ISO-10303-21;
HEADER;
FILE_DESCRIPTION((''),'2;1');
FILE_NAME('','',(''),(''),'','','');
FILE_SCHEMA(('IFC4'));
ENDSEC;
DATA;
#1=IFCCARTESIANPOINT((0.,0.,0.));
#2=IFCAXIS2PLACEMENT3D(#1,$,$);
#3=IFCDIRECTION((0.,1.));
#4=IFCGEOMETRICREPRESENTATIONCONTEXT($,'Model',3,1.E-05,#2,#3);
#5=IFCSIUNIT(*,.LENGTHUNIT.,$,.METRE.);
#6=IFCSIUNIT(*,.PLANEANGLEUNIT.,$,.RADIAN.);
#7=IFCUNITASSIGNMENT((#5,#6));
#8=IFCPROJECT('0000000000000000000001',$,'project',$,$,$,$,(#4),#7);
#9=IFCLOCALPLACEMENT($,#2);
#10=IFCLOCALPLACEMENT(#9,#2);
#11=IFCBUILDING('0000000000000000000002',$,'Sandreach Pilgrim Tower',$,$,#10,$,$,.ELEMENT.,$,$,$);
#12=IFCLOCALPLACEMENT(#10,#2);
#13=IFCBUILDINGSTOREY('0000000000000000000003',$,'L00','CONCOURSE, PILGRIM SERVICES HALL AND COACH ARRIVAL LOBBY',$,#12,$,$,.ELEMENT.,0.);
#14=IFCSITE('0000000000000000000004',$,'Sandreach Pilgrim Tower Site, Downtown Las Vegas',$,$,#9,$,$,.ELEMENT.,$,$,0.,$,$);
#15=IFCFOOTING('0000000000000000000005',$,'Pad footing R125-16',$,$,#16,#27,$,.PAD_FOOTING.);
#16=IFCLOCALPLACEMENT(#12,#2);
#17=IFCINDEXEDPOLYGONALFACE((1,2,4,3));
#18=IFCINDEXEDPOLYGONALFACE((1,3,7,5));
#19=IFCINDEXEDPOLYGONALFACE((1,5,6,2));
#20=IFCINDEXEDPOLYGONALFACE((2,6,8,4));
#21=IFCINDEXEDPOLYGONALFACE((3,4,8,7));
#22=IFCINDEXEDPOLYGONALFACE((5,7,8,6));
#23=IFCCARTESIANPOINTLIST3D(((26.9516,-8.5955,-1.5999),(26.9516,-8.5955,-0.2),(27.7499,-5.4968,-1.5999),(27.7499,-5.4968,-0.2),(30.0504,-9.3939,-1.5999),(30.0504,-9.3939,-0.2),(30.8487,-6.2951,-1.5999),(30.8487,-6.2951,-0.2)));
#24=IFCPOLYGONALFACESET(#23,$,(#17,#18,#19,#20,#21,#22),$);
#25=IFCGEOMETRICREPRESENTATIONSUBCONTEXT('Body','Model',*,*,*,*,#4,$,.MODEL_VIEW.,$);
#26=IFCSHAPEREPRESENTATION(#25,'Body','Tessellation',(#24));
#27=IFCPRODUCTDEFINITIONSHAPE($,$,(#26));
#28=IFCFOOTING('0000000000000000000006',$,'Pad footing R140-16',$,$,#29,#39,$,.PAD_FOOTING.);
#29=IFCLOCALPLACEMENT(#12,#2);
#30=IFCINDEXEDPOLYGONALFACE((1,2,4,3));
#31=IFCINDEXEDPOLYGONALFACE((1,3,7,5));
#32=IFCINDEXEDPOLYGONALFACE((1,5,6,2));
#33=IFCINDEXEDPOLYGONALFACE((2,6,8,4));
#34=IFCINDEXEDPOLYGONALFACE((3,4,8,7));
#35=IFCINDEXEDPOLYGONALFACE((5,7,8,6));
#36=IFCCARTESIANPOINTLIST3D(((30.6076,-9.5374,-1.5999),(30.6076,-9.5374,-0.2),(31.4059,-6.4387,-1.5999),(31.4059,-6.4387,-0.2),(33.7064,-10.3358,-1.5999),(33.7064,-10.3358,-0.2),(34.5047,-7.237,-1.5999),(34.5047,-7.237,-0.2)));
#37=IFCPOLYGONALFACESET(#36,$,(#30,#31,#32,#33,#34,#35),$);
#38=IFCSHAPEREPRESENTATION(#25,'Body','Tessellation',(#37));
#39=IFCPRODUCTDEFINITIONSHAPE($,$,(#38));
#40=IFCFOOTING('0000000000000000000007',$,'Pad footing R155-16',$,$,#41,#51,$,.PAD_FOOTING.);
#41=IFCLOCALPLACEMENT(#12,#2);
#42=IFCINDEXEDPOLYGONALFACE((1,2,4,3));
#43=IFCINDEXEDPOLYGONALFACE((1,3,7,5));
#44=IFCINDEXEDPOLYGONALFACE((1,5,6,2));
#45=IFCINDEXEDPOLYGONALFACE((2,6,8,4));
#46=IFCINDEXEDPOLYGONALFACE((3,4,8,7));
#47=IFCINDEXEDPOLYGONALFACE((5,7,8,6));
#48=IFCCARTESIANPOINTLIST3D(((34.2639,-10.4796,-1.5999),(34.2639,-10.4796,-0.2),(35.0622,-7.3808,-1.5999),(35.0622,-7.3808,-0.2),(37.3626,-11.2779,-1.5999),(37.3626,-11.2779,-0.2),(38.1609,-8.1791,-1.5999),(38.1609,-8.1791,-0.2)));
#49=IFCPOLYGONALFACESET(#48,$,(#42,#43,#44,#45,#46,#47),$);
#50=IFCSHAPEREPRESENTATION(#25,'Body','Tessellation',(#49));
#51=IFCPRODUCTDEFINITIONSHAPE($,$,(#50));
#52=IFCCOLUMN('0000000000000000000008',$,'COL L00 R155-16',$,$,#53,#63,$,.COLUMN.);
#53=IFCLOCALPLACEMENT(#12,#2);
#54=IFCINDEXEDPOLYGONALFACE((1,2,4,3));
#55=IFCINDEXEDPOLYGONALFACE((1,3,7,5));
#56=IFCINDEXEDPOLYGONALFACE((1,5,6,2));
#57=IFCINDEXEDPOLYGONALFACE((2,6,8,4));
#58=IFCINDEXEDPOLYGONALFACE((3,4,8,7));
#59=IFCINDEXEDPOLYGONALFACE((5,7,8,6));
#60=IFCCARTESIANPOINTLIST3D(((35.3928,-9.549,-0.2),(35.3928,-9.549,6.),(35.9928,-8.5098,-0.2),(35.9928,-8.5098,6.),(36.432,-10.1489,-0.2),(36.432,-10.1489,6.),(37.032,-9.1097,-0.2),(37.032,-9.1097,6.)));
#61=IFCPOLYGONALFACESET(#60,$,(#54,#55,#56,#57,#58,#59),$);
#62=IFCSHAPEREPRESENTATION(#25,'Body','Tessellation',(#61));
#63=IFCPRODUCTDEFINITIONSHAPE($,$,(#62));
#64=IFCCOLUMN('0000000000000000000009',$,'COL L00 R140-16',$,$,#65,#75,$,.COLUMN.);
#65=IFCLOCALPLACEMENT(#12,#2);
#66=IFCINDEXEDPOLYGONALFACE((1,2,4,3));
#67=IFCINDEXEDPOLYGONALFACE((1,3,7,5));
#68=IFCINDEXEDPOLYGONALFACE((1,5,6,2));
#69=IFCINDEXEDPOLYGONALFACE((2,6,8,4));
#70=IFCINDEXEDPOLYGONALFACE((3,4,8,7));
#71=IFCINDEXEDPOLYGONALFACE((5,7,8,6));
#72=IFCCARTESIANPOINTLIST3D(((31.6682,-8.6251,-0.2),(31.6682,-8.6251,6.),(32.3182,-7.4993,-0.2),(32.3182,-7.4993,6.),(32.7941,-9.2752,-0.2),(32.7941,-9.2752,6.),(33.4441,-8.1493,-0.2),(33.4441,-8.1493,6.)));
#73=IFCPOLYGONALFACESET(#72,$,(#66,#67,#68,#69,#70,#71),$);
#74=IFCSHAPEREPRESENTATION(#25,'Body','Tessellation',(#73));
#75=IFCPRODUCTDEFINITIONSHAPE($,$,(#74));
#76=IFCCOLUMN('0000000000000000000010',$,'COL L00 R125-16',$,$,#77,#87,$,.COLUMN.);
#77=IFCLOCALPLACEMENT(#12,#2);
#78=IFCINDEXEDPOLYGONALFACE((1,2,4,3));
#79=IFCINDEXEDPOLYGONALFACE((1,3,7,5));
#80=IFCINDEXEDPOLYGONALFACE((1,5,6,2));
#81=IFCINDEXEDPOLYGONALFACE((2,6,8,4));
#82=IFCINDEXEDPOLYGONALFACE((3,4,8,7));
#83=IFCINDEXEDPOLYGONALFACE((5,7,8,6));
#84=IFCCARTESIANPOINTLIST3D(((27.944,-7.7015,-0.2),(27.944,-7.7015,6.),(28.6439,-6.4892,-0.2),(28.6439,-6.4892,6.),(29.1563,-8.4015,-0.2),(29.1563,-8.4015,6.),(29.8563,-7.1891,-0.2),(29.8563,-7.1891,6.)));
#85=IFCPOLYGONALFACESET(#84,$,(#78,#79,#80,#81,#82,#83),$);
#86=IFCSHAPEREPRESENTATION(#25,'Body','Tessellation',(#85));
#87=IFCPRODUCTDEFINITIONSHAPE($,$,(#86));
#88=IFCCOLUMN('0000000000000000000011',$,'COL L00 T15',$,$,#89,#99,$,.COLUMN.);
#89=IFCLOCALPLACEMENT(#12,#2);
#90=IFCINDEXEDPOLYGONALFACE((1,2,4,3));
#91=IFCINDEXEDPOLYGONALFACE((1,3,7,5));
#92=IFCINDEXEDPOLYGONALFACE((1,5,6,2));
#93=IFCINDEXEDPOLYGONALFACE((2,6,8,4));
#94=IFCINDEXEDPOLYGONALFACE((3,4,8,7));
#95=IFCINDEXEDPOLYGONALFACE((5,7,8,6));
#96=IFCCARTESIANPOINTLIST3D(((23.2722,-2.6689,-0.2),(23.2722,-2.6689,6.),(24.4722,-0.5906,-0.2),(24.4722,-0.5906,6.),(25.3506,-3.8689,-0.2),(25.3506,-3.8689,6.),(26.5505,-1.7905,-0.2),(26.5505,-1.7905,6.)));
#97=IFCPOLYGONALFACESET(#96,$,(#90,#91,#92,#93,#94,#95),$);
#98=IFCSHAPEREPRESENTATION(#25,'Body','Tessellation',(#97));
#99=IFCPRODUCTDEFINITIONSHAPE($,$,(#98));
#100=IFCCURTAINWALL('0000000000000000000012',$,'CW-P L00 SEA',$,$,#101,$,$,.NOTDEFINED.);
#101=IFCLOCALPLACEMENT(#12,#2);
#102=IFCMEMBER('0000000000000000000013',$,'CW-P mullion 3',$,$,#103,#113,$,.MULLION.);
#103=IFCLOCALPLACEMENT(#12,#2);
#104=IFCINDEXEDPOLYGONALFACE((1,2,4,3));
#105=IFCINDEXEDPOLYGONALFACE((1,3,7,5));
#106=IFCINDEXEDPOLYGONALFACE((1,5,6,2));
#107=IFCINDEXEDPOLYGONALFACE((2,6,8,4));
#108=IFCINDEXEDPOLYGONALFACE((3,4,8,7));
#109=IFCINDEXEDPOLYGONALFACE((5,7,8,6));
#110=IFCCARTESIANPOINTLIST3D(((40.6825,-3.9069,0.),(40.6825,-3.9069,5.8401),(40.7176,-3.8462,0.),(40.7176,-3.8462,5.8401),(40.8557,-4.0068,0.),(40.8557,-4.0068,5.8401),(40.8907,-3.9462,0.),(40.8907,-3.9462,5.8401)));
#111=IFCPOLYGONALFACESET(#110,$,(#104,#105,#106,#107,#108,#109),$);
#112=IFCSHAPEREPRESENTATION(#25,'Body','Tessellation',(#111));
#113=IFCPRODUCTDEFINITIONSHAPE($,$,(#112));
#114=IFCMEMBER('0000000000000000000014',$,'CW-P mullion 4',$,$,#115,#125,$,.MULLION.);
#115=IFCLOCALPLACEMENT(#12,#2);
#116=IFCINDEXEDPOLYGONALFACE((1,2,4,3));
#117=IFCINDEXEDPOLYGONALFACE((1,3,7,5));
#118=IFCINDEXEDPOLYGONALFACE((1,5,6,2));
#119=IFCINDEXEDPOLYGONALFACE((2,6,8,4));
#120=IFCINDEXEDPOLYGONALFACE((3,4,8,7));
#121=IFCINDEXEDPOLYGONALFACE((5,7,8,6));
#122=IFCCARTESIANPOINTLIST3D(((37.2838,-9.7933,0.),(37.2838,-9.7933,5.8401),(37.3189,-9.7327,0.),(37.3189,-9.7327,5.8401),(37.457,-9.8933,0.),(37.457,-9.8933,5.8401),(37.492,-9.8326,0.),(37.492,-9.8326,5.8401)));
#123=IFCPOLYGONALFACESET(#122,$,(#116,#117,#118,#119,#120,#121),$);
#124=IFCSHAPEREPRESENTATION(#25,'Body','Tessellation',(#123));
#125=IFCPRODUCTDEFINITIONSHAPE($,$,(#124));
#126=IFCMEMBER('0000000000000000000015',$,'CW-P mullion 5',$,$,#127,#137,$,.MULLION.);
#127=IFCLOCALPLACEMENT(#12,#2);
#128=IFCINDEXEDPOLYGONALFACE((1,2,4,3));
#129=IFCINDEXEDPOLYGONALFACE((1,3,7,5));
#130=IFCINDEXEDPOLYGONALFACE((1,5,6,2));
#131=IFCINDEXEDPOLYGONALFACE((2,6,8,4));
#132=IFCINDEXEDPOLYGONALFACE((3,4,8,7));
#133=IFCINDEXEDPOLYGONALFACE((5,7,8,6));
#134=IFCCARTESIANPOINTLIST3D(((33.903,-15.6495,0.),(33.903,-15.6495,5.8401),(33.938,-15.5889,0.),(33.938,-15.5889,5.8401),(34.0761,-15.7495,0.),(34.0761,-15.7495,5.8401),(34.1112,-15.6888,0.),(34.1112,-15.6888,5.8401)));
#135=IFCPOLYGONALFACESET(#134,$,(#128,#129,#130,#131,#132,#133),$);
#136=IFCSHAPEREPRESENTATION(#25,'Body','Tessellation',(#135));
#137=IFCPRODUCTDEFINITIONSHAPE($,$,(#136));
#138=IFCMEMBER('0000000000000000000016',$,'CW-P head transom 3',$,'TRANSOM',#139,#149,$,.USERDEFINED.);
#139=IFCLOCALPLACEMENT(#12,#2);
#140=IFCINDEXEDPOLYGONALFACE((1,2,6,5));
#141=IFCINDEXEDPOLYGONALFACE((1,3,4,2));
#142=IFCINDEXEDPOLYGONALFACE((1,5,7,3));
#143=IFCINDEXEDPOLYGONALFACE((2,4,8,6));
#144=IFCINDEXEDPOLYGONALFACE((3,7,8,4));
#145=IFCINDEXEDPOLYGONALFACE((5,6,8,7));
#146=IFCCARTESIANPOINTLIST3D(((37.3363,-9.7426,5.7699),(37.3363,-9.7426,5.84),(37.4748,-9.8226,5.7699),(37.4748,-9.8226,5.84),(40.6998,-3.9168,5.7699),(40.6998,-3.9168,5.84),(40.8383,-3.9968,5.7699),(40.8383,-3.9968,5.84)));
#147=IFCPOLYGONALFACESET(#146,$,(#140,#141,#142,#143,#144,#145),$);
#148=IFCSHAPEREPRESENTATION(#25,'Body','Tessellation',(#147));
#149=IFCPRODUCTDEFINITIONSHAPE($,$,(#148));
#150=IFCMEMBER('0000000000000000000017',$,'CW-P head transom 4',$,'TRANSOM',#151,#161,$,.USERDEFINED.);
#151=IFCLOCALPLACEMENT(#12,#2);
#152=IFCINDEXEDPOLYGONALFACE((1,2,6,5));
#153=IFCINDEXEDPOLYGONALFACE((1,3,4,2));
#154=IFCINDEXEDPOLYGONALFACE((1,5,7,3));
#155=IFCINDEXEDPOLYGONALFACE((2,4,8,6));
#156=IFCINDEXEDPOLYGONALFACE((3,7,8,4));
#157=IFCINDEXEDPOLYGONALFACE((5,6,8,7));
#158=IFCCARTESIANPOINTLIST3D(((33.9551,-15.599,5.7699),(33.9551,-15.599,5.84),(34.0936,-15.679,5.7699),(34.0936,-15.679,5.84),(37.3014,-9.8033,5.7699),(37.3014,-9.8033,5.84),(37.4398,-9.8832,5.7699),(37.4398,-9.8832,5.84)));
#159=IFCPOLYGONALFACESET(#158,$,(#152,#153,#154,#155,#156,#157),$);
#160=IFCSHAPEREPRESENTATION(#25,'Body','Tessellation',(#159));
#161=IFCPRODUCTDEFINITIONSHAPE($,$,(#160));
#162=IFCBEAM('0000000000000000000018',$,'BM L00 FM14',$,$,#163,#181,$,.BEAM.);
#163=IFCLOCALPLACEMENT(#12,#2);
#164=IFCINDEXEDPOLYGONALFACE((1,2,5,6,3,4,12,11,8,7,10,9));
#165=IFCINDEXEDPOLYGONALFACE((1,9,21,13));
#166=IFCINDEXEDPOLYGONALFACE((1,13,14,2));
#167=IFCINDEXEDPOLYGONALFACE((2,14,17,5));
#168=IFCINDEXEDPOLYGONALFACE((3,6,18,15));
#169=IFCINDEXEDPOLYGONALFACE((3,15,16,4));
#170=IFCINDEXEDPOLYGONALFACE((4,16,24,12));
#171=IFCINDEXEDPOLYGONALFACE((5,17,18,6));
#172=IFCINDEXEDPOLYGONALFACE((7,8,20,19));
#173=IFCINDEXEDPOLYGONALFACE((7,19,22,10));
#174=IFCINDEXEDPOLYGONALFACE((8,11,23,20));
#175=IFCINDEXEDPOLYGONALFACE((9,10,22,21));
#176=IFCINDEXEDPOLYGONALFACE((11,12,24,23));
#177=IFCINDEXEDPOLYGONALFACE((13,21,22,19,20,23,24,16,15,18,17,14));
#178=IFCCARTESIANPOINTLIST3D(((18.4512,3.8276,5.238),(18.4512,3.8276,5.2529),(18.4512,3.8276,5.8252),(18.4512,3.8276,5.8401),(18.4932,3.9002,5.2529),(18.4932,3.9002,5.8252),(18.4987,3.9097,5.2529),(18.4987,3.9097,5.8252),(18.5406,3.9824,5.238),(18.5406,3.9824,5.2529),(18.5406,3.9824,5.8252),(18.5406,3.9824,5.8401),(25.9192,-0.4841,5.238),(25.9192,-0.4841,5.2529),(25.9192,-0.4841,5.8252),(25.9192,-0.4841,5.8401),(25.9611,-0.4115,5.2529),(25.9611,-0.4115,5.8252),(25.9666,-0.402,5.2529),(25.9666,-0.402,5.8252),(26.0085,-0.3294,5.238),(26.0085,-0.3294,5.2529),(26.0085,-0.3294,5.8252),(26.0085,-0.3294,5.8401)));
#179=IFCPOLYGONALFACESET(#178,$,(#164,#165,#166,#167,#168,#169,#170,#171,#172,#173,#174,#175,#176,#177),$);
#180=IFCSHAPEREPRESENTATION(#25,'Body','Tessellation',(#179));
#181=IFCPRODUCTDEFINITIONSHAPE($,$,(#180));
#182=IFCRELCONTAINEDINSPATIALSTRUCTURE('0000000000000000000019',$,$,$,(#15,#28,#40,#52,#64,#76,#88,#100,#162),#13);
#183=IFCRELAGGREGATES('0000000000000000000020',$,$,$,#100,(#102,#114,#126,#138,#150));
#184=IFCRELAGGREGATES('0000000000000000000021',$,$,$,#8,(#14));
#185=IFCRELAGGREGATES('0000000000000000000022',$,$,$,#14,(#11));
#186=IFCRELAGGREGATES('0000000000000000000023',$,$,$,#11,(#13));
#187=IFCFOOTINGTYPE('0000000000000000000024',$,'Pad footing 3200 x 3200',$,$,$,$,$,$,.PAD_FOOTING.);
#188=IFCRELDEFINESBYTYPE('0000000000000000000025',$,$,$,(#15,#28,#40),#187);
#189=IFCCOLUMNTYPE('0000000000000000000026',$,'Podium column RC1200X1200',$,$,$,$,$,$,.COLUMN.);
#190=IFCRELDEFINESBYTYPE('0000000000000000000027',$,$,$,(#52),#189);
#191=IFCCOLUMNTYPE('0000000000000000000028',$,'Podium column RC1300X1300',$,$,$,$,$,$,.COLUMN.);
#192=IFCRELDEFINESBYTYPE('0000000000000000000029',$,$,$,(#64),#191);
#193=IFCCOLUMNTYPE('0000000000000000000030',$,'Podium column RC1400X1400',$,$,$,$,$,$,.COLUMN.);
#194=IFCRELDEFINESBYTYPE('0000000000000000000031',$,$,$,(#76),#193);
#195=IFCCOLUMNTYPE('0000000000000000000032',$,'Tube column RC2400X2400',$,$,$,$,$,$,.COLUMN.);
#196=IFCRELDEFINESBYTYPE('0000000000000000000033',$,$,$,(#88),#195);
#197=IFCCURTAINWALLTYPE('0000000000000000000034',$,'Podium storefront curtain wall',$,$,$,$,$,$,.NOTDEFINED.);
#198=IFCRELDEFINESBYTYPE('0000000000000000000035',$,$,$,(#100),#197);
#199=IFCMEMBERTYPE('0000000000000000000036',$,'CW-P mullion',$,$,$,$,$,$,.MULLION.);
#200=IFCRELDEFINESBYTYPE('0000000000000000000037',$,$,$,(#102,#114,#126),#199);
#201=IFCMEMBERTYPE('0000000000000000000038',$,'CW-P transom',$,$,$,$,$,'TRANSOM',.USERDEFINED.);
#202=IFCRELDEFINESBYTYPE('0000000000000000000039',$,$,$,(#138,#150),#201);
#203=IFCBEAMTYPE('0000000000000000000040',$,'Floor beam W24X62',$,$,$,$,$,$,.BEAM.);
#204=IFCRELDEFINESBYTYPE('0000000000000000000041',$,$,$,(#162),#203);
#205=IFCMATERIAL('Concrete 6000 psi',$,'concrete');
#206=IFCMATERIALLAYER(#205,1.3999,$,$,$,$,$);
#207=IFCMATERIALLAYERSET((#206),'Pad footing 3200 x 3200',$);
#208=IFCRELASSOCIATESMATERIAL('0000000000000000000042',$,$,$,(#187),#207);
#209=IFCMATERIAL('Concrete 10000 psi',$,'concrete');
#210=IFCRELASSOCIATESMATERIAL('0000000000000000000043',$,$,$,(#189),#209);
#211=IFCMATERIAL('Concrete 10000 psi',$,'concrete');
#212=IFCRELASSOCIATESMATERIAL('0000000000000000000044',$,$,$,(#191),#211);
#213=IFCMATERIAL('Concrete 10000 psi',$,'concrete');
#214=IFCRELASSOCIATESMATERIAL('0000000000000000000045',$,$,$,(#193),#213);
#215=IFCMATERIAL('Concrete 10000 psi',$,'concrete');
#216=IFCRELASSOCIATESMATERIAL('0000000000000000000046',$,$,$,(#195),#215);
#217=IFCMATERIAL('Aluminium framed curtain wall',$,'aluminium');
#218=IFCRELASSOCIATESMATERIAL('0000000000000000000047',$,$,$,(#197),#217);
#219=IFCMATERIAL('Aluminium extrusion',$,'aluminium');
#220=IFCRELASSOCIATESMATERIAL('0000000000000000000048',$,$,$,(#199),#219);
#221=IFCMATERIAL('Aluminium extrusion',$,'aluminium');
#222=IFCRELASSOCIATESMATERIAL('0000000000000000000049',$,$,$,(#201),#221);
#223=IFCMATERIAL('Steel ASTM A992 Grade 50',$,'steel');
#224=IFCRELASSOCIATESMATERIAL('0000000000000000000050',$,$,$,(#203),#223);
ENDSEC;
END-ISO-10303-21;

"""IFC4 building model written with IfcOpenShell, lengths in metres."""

from ifc_helpers import new_model, si_unit, direction, frame, origin, origin_2d, place, context, subcontext, project, spatial, rectangle, i_section, extrude, material, layer, layer_set, material_profile, profile_set, type_object, element, aggregate, save


model = new_model("IFC4")

# Units and contexts
model_context = context("Model", 3, precision=1e-05, world=origin(), true_north=direction((0.0, 1.0)))
body_context = subcontext(model_context, "Body", "Model", "MODEL_VIEW")
ifc_project = project(units=[si_unit("LENGTHUNIT", "METRE"), si_unit("PLANEANGLEUNIT", "RADIAN")], contexts=[model_context])

# Site, building, storey
site_placement = place(None, origin())
site = spatial("IfcSite", under=ifc_project, at=site_placement, Name="Sandreach Pilgrim Tower Site, Downtown Las Vegas", CompositionType="ELEMENT", RefElevation=0.0)
building_placement = place(site_placement, origin())
building = spatial("IfcBuilding", under=site, at=building_placement, Name="Sandreach Pilgrim Tower", CompositionType="ELEMENT")
storey_placement = place(building_placement, origin())
storey = spatial("IfcBuildingStorey", under=building, at=storey_placement, Name="L00", Description="CONCOURSE, PILGRIM SERVICES HALL AND COACH ARRIVAL LOBBY", CompositionType="ELEMENT", Elevation=0.0)

# Footings
ifc_material_1 = material(Name="Concrete 6000 psi", Category="concrete")
ifc_layer_1 = layer(ifc_material_1, 1.3999)
ifc_layer_set_1 = layer_set([ifc_layer_1], Name="Pad footing 3200 x 3200")
footing_type = type_object("IfcFootingType", Name="Pad footing 3200 x 3200", PredefinedType="PAD_FOOTING", material=ifc_layer_set_1)
for number, where, z_axis, x_axis, name in (
    (1, (28.9001, -7.4453, -1.5999), (0.0, 0.0, 1.0), (0.96838, -0.249479, 0.0), "Pad footing R125-16"),
    (2, (32.5562, -8.3872, -1.5999), (0.0, 0.0, 1.0), (0.96838, -0.249479, 0.0), "Pad footing R140-16"),
    (3, (36.2124, -9.3293, -1.5999), (0.0, 0.0, 1.0), (0.96838, -0.249479, 0.0), "Pad footing R155-16"),
):
    element("IfcFooting", number, at=place(storey_placement, frame(where, z_axis=z_axis, x_axis=x_axis)), inside=storey, type_object=footing_type, Name=name, PredefinedType="PAD_FOOTING", context=body_context, shape_type="SweptSolid", body=[
        extrude(rectangle(XDim=3.2, YDim=3.2, at=origin_2d()), origin(), (0.0, 0.0, 1.0), 1.3999),
    ])

# Columns
ifc_material_2 = material(Name="Concrete 10000 psi", Category="concrete")
ifc_material_profile_1 = material_profile(ifc_material_2, rectangle(XDim=1.2, YDim=1.2, at=origin_2d()), Name="RC1200X1200")
ifc_profile_set_1 = profile_set([ifc_material_profile_1], Name="Concrete 10000 psi")
column_type_1 = type_object("IfcColumnType", Name="Podium column RC1200X1200", PredefinedType="COLUMN", material=ifc_profile_set_1)
column_1_placement = place(storey_placement, frame((36.2124, -9.3293, -0.2), z_axis=(0.0, 0.0, 1.0), x_axis=(0.866025, -0.5, 0.0)))
element("IfcColumn", 4, at=column_1_placement, inside=storey, type_object=column_type_1, Name="COL L00 R155-16", PredefinedType="COLUMN", context=body_context, shape_type="SweptSolid", body=[
    extrude(rectangle(XDim=1.2, YDim=1.2, at=origin_2d()), origin(), (0.0, 0.0, 1.0), 6.2),
])
ifc_material_3 = material(Name="Concrete 10000 psi", Category="concrete")
ifc_material_profile_2 = material_profile(ifc_material_3, rectangle(XDim=1.3, YDim=1.3, at=origin_2d()), Name="RC1300X1300")
ifc_profile_set_2 = profile_set([ifc_material_profile_2], Name="Concrete 10000 psi")
column_type_2 = type_object("IfcColumnType", Name="Podium column RC1300X1300", PredefinedType="COLUMN", material=ifc_profile_set_2)
column_2_placement = place(storey_placement, frame((32.5562, -8.3872, -0.2), z_axis=(0.0, 0.0, 1.0), x_axis=(0.866025, -0.5, 0.0)))
element("IfcColumn", 5, at=column_2_placement, inside=storey, type_object=column_type_2, Name="COL L00 R140-16", PredefinedType="COLUMN", context=body_context, shape_type="SweptSolid", body=[
    extrude(rectangle(XDim=1.3, YDim=1.3, at=origin_2d()), origin(), (0.0, 0.0, 1.0), 6.2),
])
ifc_material_4 = material(Name="Concrete 10000 psi", Category="concrete")
ifc_material_profile_3 = material_profile(ifc_material_4, rectangle(XDim=1.3999, YDim=1.3999, at=origin_2d()), Name="RC1400X1400")
ifc_profile_set_3 = profile_set([ifc_material_profile_3], Name="Concrete 10000 psi")
column_type_3 = type_object("IfcColumnType", Name="Podium column RC1400X1400", PredefinedType="COLUMN", material=ifc_profile_set_3)
column_3_placement = place(storey_placement, frame((28.9001, -7.4453, -0.2), z_axis=(0.0, 0.0, 1.0), x_axis=(0.866025, -0.5, 0.0)))
element("IfcColumn", 6, at=column_3_placement, inside=storey, type_object=column_type_3, Name="COL L00 R125-16", PredefinedType="COLUMN", context=body_context, shape_type="SweptSolid", body=[
    extrude(rectangle(XDim=1.3999, YDim=1.3999, at=origin_2d()), origin(), (0.0, 0.0, 1.0), 6.2),
])
ifc_material_5 = material(Name="Concrete 10000 psi", Category="concrete")
ifc_material_profile_4 = material_profile(ifc_material_5, rectangle(XDim=2.3999, YDim=2.3999, at=origin_2d()), Name="RC2400X2400")
ifc_profile_set_4 = profile_set([ifc_material_profile_4], Name="Concrete 10000 psi")
column_type_4 = type_object("IfcColumnType", Name="Tube column RC2400X2400", PredefinedType="COLUMN", material=ifc_profile_set_4)
column_4_placement = place(storey_placement, frame((24.9114, -2.2297, -0.2), z_axis=(0.0, 0.0, 1.0), x_axis=(0.866025, -0.5, 0.0)))
element("IfcColumn", 7, at=column_4_placement, inside=storey, type_object=column_type_4, Name="COL L00 T15", PredefinedType="COLUMN", context=body_context, shape_type="SweptSolid", body=[
    extrude(rectangle(XDim=2.3999, YDim=2.3999, at=origin_2d()), origin(), (0.0, 0.0, 1.0), 6.2),
])

# Curtain wall, members
ifc_material_6 = material(Name="Aluminium framed curtain wall", Category="aluminium")
curtain_wall_type = type_object("IfcCurtainWallType", Name="Podium storefront curtain wall", PredefinedType="NOTDEFINED", material=ifc_material_6)
curtain_wall_placement = place(storey_placement, origin())
curtain_wall = element("IfcCurtainWall", 8, at=curtain_wall_placement, inside=storey, type_object=curtain_wall_type, Name="CW-P L00 SEA", PredefinedType="NOTDEFINED")
ifc_material_7 = material(Name="Aluminium extrusion", Category="aluminium")
ifc_material_profile_5 = material_profile(ifc_material_7, rectangle(XDim=0.0701, YDim=0.2, at=origin_2d()), Name="CW-PM 70X200")
ifc_profile_set_5 = profile_set([ifc_material_profile_5], Name="Aluminium extrusion")
member_type_1 = type_object("IfcMemberType", Name="CW-P mullion", PredefinedType="MULLION", material=ifc_profile_set_5)
member_1_placement = place(storey_placement, frame((40.7866, -3.9265, 0.0), z_axis=(0.0, 0.0, 1.0), x_axis=(-0.5, -0.866025, 0.0)))
member_1 = element("IfcMember", 9, at=member_1_placement, type_object=member_type_1, Name="CW-P mullion 3", PredefinedType="MULLION", context=body_context, shape_type="SweptSolid", body=[
    extrude(rectangle(XDim=0.0701, YDim=0.2, at=origin_2d()), origin(), (0.0, 0.0, 1.0), 5.8401),
])
member_2_placement = place(storey_placement, frame((37.3879, -9.813, 0.0), z_axis=(0.0, 0.0, 1.0), x_axis=(-0.5, -0.866025, 0.0)))
member_2 = element("IfcMember", 10, at=member_2_placement, type_object=member_type_1, Name="CW-P mullion 4", PredefinedType="MULLION", context=body_context, shape_type="SweptSolid", body=[
    extrude(rectangle(XDim=0.0701, YDim=0.2, at=origin_2d()), origin(), (0.0, 0.0, 1.0), 5.8401),
])
member_3_placement = place(storey_placement, frame((34.0071, -15.6692, 0.0), z_axis=(0.0, 0.0, 1.0), x_axis=(-0.5, -0.866025, 0.0)))
member_3 = element("IfcMember", 11, at=member_3_placement, type_object=member_type_1, Name="CW-P mullion 5", PredefinedType="MULLION", context=body_context, shape_type="SweptSolid", body=[
    extrude(rectangle(XDim=0.0701, YDim=0.2, at=origin_2d()), origin(), (0.0, 0.0, 1.0), 5.8401),
])
ifc_material_8 = material(Name="Aluminium extrusion", Category="aluminium")
ifc_material_profile_6 = material_profile(ifc_material_8, rectangle(XDim=0.1599, YDim=0.0701, at=origin_2d()), Name="CW-PT 160X70")
ifc_profile_set_6 = profile_set([ifc_material_profile_6], Name="Aluminium extrusion")
member_type_2 = type_object("IfcMemberType", Name="CW-P transom", ElementType="TRANSOM", PredefinedType="USERDEFINED", material=ifc_profile_set_6)
member_4_placement = place(storey_placement, frame((40.769, -3.9568, 5.8049), z_axis=(-0.499992, -0.86603, 0.0), x_axis=(0.86603, -0.499992, 0.0)))
member_4 = element("IfcMember", 12, at=member_4_placement, type_object=member_type_2, Name="CW-P head transom 3", ObjectType="TRANSOM", PredefinedType="USERDEFINED", context=body_context, shape_type="SweptSolid", body=[
    extrude(rectangle(XDim=0.1599, YDim=0.0701, at=origin_2d()), origin(), (0.0, 0.0, 1.0), 6.7271),
])
member_5_placement = place(storey_placement, frame((37.3706, -9.8433, 5.8049), z_axis=(-0.500008, -0.866021, 0.0), x_axis=(0.866021, -0.500008, 0.0)))
member_5 = element("IfcMember", 13, at=member_5_placement, type_object=member_type_2, Name="CW-P head transom 4", ObjectType="TRANSOM", PredefinedType="USERDEFINED", context=body_context, shape_type="SweptSolid", body=[
    extrude(rectangle(XDim=0.1599, YDim=0.0701, at=origin_2d()), origin(), (0.0, 0.0, 1.0), 6.6924),
])

# Beam
ifc_material_9 = material(Name="Steel ASTM A992 Grade 50", Category="steel")
ifc_material_profile_7 = material_profile(ifc_material_9, i_section(OverallWidth=0.1787, OverallDepth=0.6021, WebThickness=0.011, FlangeThickness=0.0149, at=origin_2d()), Name="W24X62")
ifc_profile_set_7 = profile_set([ifc_material_profile_7], Name="Steel ASTM A992 Grade 50")
beam_type_1 = type_object("IfcBeamType", Name="Floor beam W24X62", PredefinedType="BEAM", material=ifc_profile_set_7)
beam_1_placement = place(storey_placement, frame((25.9639, -0.4067, 5.5391), z_axis=(-0.86602, 0.500009, 0.0), x_axis=(-0.500009, -0.86602, 0.0)))
element("IfcBeam", 14, at=beam_1_placement, inside=storey, type_object=beam_type_1, Name="BM L00 FM14", PredefinedType="BEAM", context=body_context, shape_type="SweptSolid", body=[
    extrude(i_section(OverallWidth=0.1787, OverallDepth=0.6021, WebThickness=0.011, FlangeThickness=0.0149, at=origin_2d()), origin(), (0.0, 0.0, 1.0), 8.6233),
])

aggregate(curtain_wall, [member_1, member_2, member_3, member_4, member_5])

save(model, "model.ifc")
